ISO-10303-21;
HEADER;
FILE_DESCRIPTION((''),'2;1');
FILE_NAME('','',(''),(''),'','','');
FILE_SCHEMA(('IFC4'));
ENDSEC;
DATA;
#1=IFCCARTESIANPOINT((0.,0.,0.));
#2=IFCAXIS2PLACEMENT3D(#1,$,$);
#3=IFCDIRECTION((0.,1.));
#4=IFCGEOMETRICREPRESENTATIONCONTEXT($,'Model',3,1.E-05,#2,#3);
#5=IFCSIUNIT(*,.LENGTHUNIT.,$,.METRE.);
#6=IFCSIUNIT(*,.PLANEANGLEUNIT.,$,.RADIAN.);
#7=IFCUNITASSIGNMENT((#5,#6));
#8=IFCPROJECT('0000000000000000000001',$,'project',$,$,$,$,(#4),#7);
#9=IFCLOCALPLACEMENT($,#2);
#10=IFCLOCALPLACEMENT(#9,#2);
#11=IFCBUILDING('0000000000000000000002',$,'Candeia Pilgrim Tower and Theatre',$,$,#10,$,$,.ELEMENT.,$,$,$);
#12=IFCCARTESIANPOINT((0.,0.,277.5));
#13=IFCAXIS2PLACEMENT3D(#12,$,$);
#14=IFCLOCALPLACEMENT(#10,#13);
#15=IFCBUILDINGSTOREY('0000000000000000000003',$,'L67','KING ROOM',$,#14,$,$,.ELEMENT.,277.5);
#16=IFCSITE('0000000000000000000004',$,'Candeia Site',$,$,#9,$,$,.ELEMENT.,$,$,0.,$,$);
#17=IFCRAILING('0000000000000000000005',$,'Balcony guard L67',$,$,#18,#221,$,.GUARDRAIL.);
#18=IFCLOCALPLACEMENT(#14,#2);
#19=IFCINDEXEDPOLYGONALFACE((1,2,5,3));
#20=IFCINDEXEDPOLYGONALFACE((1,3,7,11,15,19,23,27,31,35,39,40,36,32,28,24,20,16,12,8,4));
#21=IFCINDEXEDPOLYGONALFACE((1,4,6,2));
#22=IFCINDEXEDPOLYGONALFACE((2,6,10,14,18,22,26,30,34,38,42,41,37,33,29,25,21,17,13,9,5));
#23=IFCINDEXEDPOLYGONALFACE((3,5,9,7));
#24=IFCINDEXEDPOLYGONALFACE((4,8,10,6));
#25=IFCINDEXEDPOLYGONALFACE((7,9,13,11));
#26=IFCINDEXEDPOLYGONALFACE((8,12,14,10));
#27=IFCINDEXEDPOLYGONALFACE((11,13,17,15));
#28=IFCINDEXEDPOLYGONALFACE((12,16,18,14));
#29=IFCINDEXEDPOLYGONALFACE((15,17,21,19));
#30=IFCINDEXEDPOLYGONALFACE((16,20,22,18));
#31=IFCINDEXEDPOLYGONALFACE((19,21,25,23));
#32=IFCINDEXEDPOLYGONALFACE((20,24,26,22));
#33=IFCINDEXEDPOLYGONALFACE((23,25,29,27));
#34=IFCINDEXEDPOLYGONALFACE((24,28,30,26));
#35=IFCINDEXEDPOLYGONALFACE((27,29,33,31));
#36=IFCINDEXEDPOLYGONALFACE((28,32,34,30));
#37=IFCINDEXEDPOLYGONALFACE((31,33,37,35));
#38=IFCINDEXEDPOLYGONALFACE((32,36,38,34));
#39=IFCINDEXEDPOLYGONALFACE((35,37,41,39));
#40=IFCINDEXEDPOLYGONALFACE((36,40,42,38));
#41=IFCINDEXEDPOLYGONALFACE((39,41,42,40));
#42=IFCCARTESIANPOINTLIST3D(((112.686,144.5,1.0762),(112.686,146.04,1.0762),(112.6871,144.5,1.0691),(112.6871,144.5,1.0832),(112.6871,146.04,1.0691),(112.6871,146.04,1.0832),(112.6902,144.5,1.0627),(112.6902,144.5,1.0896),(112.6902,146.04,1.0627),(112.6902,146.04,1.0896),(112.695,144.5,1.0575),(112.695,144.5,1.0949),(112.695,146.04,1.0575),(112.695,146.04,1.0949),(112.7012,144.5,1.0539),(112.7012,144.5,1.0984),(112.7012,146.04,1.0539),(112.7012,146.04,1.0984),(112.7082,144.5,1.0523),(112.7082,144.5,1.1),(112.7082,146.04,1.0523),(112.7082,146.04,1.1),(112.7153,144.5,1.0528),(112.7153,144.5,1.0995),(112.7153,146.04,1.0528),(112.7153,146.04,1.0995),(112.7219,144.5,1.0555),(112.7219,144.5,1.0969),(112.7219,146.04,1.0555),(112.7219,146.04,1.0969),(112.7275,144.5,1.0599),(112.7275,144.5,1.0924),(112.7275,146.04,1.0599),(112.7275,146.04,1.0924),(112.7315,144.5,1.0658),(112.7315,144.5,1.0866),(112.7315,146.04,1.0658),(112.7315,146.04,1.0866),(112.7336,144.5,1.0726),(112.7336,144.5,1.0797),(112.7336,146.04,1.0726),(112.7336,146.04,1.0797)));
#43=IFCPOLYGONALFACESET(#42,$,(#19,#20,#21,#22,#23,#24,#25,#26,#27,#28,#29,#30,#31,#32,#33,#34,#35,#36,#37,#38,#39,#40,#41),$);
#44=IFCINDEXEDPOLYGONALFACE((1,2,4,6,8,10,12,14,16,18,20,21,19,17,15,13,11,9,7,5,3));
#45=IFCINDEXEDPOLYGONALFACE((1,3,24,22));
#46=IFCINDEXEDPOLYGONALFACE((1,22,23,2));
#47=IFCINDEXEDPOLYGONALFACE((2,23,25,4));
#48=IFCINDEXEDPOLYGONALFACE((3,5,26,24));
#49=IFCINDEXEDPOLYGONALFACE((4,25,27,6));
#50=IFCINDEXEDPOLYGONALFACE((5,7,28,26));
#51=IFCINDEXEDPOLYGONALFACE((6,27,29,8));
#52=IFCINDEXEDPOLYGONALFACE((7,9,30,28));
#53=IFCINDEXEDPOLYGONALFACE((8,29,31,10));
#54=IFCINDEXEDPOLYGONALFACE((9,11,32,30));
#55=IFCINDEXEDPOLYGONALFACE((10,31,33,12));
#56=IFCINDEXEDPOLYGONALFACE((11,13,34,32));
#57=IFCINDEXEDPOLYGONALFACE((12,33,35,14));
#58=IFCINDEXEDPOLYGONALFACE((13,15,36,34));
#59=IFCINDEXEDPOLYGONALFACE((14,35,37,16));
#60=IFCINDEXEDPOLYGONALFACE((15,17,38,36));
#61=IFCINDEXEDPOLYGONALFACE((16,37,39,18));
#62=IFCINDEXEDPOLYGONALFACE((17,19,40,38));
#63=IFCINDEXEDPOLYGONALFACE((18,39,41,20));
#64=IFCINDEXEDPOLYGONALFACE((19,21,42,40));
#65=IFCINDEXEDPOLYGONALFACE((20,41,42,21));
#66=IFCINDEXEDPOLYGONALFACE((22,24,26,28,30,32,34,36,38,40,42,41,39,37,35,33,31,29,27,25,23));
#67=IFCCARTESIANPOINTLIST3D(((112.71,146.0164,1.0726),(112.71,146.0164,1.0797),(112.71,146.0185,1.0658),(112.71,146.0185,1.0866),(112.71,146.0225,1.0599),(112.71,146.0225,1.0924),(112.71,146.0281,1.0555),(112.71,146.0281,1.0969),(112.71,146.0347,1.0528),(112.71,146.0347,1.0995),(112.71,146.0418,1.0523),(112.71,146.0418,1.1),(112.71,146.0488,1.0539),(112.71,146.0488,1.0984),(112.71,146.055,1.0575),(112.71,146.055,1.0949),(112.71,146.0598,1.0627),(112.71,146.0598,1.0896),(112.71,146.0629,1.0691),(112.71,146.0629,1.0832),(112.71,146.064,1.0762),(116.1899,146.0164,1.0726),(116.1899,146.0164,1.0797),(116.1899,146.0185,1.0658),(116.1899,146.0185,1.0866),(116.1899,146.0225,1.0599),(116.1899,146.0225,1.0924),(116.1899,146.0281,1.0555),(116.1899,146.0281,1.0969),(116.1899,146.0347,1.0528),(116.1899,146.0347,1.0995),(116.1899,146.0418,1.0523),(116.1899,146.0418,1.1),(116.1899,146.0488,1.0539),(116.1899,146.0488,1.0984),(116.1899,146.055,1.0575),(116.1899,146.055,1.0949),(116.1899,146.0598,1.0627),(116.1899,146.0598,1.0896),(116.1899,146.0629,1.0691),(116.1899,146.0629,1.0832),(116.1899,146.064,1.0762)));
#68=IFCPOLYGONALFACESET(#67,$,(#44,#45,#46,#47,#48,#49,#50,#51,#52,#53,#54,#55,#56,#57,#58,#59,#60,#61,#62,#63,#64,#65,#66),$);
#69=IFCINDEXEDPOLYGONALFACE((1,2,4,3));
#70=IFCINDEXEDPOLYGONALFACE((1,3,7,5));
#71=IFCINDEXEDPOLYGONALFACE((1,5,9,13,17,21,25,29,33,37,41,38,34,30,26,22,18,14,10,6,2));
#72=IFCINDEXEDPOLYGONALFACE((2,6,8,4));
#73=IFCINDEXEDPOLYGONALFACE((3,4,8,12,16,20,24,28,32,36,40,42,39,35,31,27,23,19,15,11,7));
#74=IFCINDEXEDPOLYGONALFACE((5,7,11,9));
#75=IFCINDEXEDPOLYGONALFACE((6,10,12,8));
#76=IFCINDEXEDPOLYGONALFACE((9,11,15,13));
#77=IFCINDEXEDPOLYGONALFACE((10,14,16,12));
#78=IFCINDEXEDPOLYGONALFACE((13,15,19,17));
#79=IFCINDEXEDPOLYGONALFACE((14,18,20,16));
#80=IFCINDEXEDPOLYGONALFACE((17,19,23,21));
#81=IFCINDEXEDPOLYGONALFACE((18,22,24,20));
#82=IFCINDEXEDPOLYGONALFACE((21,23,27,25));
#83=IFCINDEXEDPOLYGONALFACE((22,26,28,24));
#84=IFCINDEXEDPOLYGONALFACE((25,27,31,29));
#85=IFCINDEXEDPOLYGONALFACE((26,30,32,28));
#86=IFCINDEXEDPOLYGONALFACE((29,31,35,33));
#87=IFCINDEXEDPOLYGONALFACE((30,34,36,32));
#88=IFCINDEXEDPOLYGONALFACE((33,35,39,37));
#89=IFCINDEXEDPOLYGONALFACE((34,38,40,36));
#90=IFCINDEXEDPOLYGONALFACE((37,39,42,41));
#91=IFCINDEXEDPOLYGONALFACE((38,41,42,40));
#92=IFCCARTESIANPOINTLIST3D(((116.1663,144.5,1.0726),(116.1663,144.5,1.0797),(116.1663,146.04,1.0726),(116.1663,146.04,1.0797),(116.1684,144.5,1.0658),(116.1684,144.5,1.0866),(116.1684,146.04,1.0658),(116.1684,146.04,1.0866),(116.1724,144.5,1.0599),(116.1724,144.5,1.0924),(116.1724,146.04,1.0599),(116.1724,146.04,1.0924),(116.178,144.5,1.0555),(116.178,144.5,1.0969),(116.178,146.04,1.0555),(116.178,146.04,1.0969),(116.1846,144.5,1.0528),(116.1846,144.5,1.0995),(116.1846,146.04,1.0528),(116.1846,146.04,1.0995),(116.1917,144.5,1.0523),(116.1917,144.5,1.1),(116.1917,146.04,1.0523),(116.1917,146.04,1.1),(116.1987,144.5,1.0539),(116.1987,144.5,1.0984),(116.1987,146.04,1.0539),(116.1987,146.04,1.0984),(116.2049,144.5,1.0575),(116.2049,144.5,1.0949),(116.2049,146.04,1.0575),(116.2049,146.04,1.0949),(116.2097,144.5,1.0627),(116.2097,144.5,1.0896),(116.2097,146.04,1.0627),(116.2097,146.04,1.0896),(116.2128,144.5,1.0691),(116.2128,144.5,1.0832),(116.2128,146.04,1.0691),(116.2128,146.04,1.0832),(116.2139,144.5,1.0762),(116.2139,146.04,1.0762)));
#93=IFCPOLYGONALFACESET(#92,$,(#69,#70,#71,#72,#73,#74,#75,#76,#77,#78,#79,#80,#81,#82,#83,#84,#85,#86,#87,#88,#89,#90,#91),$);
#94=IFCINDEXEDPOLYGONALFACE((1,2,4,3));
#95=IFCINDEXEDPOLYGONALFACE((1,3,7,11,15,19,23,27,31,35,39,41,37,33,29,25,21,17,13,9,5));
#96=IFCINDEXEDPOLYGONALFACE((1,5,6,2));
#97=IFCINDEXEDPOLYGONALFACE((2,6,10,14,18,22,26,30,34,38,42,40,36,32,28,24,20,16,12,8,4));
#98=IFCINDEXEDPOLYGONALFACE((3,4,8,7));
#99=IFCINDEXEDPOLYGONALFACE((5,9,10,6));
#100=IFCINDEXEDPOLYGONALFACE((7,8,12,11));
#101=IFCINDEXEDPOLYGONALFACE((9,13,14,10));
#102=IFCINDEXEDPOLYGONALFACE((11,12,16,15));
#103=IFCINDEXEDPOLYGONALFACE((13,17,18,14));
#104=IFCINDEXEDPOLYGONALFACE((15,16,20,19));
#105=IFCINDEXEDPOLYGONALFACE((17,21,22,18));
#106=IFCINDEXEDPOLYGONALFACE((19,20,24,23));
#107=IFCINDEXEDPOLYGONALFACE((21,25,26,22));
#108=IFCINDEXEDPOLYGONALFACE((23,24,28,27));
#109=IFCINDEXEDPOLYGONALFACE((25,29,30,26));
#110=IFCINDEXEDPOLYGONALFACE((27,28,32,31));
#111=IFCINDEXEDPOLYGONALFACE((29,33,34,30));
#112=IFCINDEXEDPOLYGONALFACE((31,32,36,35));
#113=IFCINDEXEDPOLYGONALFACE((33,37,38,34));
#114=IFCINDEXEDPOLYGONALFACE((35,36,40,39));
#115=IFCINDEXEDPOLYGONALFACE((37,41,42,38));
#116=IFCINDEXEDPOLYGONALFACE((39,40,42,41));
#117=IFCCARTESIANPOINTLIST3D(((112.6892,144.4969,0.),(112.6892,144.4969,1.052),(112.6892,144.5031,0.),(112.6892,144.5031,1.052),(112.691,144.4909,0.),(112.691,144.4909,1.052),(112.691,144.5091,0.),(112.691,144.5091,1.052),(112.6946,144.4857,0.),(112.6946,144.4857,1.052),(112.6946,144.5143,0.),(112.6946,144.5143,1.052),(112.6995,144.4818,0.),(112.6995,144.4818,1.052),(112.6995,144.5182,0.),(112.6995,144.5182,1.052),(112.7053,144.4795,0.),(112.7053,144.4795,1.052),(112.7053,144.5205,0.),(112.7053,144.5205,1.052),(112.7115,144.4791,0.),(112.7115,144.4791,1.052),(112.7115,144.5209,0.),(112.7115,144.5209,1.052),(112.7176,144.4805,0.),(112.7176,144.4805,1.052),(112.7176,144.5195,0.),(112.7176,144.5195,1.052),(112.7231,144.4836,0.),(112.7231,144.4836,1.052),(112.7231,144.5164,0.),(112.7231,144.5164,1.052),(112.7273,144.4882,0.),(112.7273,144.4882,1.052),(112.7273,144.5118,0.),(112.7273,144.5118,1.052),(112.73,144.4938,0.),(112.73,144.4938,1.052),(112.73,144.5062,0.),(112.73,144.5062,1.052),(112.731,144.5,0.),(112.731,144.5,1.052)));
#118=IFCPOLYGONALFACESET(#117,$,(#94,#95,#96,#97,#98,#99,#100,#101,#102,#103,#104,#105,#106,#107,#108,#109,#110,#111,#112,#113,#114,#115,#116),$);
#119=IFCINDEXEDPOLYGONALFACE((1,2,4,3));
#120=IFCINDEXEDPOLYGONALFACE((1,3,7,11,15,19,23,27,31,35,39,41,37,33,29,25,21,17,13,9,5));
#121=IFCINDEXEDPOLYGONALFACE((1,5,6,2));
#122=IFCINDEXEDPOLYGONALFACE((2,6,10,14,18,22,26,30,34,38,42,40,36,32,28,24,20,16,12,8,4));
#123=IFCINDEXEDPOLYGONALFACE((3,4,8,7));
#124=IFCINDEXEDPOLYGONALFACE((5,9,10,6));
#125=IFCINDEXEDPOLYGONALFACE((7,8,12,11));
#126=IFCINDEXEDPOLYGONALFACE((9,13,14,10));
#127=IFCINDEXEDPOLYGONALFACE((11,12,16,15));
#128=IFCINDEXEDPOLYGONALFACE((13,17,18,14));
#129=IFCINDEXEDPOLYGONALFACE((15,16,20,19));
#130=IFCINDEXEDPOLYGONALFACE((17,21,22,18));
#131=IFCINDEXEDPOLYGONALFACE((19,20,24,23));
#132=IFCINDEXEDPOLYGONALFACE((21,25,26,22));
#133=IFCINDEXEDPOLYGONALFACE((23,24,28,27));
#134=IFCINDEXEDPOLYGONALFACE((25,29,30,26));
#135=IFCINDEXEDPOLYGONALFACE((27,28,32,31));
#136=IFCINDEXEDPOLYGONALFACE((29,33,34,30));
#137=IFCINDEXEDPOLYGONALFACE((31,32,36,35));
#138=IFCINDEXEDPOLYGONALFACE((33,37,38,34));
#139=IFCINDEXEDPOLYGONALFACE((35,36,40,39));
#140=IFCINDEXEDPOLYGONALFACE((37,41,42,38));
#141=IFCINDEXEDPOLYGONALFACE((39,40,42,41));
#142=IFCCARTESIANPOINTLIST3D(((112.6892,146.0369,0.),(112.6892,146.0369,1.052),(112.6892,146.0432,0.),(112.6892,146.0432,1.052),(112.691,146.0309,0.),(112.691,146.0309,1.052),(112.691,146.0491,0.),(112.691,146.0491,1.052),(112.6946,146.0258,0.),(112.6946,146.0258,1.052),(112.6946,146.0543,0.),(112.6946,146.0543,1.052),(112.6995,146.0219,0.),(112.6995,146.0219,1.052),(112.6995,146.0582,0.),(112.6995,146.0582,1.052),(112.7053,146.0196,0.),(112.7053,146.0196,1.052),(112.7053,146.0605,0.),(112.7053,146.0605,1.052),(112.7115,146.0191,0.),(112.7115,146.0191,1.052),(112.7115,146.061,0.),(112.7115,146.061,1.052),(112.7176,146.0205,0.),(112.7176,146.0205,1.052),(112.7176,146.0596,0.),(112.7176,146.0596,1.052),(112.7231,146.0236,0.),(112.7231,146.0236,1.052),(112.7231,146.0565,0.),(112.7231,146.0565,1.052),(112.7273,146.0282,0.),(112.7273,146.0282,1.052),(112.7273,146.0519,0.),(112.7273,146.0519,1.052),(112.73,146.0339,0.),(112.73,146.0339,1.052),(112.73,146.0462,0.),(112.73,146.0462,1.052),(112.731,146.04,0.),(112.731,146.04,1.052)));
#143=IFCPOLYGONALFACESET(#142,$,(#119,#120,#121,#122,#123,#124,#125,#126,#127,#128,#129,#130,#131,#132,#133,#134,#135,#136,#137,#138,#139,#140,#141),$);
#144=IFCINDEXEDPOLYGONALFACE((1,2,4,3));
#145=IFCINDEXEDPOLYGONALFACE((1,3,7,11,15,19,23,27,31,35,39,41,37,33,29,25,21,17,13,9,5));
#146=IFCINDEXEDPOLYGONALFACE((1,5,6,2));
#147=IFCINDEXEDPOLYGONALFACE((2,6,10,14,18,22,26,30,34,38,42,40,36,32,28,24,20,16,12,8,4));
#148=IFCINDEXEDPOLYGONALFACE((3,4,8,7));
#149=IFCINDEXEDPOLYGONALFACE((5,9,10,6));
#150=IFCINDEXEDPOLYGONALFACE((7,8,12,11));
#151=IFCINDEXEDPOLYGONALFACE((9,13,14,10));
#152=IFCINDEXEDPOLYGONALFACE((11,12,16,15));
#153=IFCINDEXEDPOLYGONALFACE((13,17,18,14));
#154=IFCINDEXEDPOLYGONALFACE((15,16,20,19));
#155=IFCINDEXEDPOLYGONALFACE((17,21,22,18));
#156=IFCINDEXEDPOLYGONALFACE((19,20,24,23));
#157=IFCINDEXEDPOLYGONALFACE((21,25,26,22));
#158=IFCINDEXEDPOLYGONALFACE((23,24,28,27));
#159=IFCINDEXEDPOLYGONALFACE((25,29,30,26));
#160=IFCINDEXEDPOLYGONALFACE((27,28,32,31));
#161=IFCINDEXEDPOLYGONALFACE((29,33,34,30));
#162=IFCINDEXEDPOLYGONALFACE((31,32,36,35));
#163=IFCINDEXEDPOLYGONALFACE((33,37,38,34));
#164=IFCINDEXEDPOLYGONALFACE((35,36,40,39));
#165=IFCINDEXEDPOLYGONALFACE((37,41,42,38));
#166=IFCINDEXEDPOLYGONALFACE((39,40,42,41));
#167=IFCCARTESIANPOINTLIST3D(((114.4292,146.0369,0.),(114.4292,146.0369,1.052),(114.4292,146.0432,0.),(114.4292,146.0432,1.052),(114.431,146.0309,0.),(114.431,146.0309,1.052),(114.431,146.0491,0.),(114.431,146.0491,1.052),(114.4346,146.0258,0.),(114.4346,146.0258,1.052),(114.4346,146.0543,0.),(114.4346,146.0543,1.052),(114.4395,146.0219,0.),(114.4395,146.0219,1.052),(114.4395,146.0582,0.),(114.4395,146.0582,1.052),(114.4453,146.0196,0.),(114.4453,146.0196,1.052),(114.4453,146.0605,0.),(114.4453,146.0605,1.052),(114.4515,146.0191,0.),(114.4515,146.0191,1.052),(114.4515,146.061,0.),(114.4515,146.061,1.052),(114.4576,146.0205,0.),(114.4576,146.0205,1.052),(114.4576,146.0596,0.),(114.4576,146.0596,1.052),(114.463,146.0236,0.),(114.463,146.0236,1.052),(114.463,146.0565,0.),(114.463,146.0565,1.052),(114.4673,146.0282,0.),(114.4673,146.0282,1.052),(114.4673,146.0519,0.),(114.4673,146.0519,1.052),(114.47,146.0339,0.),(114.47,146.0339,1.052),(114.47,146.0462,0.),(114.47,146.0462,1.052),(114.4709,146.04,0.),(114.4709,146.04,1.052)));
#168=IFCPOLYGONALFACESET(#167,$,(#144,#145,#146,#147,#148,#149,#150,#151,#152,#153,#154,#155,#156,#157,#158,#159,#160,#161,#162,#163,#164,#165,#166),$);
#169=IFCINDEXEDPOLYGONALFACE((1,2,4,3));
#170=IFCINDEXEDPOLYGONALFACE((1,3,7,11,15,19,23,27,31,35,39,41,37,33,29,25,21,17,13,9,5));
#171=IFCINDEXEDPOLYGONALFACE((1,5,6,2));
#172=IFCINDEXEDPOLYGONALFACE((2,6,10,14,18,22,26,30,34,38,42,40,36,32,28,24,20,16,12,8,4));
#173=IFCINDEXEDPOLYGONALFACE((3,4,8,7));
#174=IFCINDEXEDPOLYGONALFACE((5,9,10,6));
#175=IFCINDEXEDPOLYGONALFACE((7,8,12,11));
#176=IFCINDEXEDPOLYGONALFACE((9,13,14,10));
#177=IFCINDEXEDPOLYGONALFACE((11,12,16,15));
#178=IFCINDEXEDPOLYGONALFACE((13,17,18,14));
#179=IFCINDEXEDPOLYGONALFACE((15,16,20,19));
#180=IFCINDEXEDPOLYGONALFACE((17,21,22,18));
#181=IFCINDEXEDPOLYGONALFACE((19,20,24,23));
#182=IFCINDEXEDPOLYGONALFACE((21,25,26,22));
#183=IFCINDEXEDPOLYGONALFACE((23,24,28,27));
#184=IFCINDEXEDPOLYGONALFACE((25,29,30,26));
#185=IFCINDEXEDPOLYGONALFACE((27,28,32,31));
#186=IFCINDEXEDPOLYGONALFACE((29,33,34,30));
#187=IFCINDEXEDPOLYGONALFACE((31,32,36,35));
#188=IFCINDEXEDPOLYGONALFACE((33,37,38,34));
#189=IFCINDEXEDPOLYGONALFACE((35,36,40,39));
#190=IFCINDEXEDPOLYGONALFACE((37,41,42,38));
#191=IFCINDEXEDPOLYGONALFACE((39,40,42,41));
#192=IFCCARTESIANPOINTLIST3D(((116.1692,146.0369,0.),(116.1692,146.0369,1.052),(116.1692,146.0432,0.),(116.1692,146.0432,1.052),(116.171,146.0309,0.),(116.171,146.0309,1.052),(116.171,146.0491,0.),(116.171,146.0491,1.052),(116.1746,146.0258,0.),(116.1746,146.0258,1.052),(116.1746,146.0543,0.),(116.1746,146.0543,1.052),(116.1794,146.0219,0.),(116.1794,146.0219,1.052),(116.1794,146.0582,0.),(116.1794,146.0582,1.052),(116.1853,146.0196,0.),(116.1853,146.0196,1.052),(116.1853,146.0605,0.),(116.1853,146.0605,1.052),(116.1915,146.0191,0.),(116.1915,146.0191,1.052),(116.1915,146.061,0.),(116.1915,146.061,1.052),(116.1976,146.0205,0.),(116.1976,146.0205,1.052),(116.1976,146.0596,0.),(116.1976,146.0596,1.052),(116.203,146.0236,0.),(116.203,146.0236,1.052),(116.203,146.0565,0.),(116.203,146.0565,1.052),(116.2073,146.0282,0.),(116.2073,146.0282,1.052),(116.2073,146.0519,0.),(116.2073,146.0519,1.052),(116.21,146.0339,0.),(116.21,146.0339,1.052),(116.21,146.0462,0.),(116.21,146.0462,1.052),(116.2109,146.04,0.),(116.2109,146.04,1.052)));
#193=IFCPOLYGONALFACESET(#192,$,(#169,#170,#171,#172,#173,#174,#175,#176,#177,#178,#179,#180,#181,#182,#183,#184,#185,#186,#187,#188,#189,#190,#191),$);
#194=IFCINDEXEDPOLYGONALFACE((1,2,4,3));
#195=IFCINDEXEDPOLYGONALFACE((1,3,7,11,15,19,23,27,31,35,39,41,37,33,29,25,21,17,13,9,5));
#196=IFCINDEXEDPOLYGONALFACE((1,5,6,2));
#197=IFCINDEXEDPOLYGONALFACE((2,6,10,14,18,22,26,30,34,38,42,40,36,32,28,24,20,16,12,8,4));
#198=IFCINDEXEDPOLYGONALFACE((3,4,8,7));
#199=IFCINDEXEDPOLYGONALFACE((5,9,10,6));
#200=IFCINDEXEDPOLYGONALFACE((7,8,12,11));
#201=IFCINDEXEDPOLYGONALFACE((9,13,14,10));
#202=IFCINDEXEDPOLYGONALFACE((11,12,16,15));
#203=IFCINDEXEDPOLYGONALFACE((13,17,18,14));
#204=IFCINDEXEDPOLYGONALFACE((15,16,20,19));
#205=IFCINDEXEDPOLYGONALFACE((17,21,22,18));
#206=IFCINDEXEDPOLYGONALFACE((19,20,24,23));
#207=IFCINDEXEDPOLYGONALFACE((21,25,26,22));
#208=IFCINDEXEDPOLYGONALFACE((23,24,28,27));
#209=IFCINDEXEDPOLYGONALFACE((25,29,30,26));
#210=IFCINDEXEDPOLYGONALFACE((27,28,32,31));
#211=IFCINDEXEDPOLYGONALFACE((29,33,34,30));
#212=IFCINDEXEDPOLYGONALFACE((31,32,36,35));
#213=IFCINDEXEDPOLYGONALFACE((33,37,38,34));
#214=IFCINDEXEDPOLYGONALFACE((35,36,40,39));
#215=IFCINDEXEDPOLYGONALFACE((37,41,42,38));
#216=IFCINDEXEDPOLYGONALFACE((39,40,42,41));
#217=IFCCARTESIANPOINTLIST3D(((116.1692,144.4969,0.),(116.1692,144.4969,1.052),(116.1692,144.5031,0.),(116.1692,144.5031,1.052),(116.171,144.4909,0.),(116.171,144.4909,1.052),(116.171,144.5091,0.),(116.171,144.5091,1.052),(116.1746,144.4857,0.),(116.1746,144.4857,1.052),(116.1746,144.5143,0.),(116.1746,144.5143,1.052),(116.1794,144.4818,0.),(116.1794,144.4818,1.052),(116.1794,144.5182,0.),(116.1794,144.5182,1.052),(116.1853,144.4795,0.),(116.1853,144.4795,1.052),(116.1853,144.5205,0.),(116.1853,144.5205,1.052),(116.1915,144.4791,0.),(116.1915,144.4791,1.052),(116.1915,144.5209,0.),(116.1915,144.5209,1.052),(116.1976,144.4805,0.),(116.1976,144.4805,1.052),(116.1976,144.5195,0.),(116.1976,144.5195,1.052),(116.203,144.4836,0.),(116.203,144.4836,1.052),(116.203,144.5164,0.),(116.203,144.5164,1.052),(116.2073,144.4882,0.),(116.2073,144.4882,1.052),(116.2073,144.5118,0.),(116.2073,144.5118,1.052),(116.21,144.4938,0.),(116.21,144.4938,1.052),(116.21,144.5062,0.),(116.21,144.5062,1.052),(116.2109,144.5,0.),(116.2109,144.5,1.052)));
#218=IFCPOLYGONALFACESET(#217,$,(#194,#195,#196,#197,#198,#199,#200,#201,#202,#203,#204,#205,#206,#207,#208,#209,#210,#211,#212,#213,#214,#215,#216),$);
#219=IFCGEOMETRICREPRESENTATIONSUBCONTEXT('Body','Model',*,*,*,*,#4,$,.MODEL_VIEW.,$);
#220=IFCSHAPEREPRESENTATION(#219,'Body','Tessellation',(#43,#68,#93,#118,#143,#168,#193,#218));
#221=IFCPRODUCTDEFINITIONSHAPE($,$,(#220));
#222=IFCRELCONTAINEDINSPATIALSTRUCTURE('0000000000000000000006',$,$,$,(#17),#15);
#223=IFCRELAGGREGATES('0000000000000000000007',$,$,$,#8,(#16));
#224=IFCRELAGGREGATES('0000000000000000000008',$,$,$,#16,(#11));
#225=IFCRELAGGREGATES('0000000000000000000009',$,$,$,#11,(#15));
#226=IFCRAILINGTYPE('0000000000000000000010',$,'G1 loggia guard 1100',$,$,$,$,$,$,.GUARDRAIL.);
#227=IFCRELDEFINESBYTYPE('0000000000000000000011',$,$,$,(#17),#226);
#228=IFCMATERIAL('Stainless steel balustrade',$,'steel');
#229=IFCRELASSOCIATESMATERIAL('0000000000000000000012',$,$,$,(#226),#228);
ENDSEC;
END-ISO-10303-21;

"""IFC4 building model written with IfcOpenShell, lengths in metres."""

from ifc_helpers import new_model, si_unit, direction, frame, origin, origin_2d, place, context, subcontext, project, spatial, circle, extrude, material, type_object, element, save


model = new_model("IFC4")

# Units and contexts
model_context = context("Model", 3, precision=1e-05, world=origin(), true_north=direction((0.0, 1.0)))
body_context = subcontext(model_context, "Body", "Model", "MODEL_VIEW")
ifc_project = project(units=[si_unit("LENGTHUNIT", "METRE"), si_unit("PLANEANGLEUNIT", "RADIAN")], contexts=[model_context])

# Site, building, storey
site_placement = place(None, origin())
site = spatial("IfcSite", under=ifc_project, at=site_placement, Name="Candeia Site", CompositionType="ELEMENT", RefElevation=0.0)
building_placement = place(site_placement, origin())
building = spatial("IfcBuilding", under=site, at=building_placement, Name="Candeia Pilgrim Tower and Theatre", CompositionType="ELEMENT")
storey_placement = place(building_placement, frame((0.0, 0.0, 277.5)))
storey = spatial("IfcBuildingStorey", under=building, at=storey_placement, Name="L67", Description="KING ROOM", CompositionType="ELEMENT", Elevation=277.5)

# Railing
ifc_material_1 = material(Name="Stainless steel balustrade", Category="steel")
railing_type = type_object("IfcRailingType", Name="G1 loggia guard 1100", PredefinedType="GUARDRAIL", material=ifc_material_1)
railing_1_placement = place(storey_placement, frame((112.71, 144.5, 0.0)))
element("IfcRailing", 1, at=railing_1_placement, inside=storey, type_object=railing_type, Name="Balcony guard L67", PredefinedType="GUARDRAIL", context=body_context, shape_type="SweptSolid", body=[
    extrude(circle(Radius=0.0239, at=origin_2d()), frame((0.0, 0.0, 1.0762), z_axis=(0.0, 1.0, 0.0), x_axis=(-1.0, 0.0, 0.0)), (0.0, 0.0, 1.0), 1.54),
    extrude(circle(Radius=0.0239, at=origin_2d()), frame((0.0, 1.54, 1.0762), z_axis=(1.0, 0.0, 0.0), x_axis=(0.0, 1.0, 0.0)), (0.0, 0.0, 1.0), 3.48),
    extrude(circle(Radius=0.0239, at=origin_2d()), frame((3.48, 1.54, 1.0762), z_axis=(0.0, -1.0, 0.0), x_axis=(1.0, 0.0, 0.0)), (0.0, 0.0, 1.0), 1.54),
    extrude(circle(Radius=0.021, at=origin_2d()), origin(), (0.0, 0.0, 1.0), 1.052),
    extrude(circle(Radius=0.021, at=origin_2d()), frame((0.0, 1.54, 0.0)), (0.0, 0.0, 1.0), 1.052),
    extrude(circle(Radius=0.021, at=origin_2d()), frame((1.74, 1.54, 0.0)), (0.0, 0.0, 1.0), 1.052),
    extrude(circle(Radius=0.021, at=origin_2d()), frame((3.48, 1.54, 0.0)), (0.0, 0.0, 1.0), 1.052),
    extrude(circle(Radius=0.021, at=origin_2d()), frame((3.48, 0.0, 0.0)), (0.0, 0.0, 1.0), 1.052),
])

save(model, "model.ifc")
